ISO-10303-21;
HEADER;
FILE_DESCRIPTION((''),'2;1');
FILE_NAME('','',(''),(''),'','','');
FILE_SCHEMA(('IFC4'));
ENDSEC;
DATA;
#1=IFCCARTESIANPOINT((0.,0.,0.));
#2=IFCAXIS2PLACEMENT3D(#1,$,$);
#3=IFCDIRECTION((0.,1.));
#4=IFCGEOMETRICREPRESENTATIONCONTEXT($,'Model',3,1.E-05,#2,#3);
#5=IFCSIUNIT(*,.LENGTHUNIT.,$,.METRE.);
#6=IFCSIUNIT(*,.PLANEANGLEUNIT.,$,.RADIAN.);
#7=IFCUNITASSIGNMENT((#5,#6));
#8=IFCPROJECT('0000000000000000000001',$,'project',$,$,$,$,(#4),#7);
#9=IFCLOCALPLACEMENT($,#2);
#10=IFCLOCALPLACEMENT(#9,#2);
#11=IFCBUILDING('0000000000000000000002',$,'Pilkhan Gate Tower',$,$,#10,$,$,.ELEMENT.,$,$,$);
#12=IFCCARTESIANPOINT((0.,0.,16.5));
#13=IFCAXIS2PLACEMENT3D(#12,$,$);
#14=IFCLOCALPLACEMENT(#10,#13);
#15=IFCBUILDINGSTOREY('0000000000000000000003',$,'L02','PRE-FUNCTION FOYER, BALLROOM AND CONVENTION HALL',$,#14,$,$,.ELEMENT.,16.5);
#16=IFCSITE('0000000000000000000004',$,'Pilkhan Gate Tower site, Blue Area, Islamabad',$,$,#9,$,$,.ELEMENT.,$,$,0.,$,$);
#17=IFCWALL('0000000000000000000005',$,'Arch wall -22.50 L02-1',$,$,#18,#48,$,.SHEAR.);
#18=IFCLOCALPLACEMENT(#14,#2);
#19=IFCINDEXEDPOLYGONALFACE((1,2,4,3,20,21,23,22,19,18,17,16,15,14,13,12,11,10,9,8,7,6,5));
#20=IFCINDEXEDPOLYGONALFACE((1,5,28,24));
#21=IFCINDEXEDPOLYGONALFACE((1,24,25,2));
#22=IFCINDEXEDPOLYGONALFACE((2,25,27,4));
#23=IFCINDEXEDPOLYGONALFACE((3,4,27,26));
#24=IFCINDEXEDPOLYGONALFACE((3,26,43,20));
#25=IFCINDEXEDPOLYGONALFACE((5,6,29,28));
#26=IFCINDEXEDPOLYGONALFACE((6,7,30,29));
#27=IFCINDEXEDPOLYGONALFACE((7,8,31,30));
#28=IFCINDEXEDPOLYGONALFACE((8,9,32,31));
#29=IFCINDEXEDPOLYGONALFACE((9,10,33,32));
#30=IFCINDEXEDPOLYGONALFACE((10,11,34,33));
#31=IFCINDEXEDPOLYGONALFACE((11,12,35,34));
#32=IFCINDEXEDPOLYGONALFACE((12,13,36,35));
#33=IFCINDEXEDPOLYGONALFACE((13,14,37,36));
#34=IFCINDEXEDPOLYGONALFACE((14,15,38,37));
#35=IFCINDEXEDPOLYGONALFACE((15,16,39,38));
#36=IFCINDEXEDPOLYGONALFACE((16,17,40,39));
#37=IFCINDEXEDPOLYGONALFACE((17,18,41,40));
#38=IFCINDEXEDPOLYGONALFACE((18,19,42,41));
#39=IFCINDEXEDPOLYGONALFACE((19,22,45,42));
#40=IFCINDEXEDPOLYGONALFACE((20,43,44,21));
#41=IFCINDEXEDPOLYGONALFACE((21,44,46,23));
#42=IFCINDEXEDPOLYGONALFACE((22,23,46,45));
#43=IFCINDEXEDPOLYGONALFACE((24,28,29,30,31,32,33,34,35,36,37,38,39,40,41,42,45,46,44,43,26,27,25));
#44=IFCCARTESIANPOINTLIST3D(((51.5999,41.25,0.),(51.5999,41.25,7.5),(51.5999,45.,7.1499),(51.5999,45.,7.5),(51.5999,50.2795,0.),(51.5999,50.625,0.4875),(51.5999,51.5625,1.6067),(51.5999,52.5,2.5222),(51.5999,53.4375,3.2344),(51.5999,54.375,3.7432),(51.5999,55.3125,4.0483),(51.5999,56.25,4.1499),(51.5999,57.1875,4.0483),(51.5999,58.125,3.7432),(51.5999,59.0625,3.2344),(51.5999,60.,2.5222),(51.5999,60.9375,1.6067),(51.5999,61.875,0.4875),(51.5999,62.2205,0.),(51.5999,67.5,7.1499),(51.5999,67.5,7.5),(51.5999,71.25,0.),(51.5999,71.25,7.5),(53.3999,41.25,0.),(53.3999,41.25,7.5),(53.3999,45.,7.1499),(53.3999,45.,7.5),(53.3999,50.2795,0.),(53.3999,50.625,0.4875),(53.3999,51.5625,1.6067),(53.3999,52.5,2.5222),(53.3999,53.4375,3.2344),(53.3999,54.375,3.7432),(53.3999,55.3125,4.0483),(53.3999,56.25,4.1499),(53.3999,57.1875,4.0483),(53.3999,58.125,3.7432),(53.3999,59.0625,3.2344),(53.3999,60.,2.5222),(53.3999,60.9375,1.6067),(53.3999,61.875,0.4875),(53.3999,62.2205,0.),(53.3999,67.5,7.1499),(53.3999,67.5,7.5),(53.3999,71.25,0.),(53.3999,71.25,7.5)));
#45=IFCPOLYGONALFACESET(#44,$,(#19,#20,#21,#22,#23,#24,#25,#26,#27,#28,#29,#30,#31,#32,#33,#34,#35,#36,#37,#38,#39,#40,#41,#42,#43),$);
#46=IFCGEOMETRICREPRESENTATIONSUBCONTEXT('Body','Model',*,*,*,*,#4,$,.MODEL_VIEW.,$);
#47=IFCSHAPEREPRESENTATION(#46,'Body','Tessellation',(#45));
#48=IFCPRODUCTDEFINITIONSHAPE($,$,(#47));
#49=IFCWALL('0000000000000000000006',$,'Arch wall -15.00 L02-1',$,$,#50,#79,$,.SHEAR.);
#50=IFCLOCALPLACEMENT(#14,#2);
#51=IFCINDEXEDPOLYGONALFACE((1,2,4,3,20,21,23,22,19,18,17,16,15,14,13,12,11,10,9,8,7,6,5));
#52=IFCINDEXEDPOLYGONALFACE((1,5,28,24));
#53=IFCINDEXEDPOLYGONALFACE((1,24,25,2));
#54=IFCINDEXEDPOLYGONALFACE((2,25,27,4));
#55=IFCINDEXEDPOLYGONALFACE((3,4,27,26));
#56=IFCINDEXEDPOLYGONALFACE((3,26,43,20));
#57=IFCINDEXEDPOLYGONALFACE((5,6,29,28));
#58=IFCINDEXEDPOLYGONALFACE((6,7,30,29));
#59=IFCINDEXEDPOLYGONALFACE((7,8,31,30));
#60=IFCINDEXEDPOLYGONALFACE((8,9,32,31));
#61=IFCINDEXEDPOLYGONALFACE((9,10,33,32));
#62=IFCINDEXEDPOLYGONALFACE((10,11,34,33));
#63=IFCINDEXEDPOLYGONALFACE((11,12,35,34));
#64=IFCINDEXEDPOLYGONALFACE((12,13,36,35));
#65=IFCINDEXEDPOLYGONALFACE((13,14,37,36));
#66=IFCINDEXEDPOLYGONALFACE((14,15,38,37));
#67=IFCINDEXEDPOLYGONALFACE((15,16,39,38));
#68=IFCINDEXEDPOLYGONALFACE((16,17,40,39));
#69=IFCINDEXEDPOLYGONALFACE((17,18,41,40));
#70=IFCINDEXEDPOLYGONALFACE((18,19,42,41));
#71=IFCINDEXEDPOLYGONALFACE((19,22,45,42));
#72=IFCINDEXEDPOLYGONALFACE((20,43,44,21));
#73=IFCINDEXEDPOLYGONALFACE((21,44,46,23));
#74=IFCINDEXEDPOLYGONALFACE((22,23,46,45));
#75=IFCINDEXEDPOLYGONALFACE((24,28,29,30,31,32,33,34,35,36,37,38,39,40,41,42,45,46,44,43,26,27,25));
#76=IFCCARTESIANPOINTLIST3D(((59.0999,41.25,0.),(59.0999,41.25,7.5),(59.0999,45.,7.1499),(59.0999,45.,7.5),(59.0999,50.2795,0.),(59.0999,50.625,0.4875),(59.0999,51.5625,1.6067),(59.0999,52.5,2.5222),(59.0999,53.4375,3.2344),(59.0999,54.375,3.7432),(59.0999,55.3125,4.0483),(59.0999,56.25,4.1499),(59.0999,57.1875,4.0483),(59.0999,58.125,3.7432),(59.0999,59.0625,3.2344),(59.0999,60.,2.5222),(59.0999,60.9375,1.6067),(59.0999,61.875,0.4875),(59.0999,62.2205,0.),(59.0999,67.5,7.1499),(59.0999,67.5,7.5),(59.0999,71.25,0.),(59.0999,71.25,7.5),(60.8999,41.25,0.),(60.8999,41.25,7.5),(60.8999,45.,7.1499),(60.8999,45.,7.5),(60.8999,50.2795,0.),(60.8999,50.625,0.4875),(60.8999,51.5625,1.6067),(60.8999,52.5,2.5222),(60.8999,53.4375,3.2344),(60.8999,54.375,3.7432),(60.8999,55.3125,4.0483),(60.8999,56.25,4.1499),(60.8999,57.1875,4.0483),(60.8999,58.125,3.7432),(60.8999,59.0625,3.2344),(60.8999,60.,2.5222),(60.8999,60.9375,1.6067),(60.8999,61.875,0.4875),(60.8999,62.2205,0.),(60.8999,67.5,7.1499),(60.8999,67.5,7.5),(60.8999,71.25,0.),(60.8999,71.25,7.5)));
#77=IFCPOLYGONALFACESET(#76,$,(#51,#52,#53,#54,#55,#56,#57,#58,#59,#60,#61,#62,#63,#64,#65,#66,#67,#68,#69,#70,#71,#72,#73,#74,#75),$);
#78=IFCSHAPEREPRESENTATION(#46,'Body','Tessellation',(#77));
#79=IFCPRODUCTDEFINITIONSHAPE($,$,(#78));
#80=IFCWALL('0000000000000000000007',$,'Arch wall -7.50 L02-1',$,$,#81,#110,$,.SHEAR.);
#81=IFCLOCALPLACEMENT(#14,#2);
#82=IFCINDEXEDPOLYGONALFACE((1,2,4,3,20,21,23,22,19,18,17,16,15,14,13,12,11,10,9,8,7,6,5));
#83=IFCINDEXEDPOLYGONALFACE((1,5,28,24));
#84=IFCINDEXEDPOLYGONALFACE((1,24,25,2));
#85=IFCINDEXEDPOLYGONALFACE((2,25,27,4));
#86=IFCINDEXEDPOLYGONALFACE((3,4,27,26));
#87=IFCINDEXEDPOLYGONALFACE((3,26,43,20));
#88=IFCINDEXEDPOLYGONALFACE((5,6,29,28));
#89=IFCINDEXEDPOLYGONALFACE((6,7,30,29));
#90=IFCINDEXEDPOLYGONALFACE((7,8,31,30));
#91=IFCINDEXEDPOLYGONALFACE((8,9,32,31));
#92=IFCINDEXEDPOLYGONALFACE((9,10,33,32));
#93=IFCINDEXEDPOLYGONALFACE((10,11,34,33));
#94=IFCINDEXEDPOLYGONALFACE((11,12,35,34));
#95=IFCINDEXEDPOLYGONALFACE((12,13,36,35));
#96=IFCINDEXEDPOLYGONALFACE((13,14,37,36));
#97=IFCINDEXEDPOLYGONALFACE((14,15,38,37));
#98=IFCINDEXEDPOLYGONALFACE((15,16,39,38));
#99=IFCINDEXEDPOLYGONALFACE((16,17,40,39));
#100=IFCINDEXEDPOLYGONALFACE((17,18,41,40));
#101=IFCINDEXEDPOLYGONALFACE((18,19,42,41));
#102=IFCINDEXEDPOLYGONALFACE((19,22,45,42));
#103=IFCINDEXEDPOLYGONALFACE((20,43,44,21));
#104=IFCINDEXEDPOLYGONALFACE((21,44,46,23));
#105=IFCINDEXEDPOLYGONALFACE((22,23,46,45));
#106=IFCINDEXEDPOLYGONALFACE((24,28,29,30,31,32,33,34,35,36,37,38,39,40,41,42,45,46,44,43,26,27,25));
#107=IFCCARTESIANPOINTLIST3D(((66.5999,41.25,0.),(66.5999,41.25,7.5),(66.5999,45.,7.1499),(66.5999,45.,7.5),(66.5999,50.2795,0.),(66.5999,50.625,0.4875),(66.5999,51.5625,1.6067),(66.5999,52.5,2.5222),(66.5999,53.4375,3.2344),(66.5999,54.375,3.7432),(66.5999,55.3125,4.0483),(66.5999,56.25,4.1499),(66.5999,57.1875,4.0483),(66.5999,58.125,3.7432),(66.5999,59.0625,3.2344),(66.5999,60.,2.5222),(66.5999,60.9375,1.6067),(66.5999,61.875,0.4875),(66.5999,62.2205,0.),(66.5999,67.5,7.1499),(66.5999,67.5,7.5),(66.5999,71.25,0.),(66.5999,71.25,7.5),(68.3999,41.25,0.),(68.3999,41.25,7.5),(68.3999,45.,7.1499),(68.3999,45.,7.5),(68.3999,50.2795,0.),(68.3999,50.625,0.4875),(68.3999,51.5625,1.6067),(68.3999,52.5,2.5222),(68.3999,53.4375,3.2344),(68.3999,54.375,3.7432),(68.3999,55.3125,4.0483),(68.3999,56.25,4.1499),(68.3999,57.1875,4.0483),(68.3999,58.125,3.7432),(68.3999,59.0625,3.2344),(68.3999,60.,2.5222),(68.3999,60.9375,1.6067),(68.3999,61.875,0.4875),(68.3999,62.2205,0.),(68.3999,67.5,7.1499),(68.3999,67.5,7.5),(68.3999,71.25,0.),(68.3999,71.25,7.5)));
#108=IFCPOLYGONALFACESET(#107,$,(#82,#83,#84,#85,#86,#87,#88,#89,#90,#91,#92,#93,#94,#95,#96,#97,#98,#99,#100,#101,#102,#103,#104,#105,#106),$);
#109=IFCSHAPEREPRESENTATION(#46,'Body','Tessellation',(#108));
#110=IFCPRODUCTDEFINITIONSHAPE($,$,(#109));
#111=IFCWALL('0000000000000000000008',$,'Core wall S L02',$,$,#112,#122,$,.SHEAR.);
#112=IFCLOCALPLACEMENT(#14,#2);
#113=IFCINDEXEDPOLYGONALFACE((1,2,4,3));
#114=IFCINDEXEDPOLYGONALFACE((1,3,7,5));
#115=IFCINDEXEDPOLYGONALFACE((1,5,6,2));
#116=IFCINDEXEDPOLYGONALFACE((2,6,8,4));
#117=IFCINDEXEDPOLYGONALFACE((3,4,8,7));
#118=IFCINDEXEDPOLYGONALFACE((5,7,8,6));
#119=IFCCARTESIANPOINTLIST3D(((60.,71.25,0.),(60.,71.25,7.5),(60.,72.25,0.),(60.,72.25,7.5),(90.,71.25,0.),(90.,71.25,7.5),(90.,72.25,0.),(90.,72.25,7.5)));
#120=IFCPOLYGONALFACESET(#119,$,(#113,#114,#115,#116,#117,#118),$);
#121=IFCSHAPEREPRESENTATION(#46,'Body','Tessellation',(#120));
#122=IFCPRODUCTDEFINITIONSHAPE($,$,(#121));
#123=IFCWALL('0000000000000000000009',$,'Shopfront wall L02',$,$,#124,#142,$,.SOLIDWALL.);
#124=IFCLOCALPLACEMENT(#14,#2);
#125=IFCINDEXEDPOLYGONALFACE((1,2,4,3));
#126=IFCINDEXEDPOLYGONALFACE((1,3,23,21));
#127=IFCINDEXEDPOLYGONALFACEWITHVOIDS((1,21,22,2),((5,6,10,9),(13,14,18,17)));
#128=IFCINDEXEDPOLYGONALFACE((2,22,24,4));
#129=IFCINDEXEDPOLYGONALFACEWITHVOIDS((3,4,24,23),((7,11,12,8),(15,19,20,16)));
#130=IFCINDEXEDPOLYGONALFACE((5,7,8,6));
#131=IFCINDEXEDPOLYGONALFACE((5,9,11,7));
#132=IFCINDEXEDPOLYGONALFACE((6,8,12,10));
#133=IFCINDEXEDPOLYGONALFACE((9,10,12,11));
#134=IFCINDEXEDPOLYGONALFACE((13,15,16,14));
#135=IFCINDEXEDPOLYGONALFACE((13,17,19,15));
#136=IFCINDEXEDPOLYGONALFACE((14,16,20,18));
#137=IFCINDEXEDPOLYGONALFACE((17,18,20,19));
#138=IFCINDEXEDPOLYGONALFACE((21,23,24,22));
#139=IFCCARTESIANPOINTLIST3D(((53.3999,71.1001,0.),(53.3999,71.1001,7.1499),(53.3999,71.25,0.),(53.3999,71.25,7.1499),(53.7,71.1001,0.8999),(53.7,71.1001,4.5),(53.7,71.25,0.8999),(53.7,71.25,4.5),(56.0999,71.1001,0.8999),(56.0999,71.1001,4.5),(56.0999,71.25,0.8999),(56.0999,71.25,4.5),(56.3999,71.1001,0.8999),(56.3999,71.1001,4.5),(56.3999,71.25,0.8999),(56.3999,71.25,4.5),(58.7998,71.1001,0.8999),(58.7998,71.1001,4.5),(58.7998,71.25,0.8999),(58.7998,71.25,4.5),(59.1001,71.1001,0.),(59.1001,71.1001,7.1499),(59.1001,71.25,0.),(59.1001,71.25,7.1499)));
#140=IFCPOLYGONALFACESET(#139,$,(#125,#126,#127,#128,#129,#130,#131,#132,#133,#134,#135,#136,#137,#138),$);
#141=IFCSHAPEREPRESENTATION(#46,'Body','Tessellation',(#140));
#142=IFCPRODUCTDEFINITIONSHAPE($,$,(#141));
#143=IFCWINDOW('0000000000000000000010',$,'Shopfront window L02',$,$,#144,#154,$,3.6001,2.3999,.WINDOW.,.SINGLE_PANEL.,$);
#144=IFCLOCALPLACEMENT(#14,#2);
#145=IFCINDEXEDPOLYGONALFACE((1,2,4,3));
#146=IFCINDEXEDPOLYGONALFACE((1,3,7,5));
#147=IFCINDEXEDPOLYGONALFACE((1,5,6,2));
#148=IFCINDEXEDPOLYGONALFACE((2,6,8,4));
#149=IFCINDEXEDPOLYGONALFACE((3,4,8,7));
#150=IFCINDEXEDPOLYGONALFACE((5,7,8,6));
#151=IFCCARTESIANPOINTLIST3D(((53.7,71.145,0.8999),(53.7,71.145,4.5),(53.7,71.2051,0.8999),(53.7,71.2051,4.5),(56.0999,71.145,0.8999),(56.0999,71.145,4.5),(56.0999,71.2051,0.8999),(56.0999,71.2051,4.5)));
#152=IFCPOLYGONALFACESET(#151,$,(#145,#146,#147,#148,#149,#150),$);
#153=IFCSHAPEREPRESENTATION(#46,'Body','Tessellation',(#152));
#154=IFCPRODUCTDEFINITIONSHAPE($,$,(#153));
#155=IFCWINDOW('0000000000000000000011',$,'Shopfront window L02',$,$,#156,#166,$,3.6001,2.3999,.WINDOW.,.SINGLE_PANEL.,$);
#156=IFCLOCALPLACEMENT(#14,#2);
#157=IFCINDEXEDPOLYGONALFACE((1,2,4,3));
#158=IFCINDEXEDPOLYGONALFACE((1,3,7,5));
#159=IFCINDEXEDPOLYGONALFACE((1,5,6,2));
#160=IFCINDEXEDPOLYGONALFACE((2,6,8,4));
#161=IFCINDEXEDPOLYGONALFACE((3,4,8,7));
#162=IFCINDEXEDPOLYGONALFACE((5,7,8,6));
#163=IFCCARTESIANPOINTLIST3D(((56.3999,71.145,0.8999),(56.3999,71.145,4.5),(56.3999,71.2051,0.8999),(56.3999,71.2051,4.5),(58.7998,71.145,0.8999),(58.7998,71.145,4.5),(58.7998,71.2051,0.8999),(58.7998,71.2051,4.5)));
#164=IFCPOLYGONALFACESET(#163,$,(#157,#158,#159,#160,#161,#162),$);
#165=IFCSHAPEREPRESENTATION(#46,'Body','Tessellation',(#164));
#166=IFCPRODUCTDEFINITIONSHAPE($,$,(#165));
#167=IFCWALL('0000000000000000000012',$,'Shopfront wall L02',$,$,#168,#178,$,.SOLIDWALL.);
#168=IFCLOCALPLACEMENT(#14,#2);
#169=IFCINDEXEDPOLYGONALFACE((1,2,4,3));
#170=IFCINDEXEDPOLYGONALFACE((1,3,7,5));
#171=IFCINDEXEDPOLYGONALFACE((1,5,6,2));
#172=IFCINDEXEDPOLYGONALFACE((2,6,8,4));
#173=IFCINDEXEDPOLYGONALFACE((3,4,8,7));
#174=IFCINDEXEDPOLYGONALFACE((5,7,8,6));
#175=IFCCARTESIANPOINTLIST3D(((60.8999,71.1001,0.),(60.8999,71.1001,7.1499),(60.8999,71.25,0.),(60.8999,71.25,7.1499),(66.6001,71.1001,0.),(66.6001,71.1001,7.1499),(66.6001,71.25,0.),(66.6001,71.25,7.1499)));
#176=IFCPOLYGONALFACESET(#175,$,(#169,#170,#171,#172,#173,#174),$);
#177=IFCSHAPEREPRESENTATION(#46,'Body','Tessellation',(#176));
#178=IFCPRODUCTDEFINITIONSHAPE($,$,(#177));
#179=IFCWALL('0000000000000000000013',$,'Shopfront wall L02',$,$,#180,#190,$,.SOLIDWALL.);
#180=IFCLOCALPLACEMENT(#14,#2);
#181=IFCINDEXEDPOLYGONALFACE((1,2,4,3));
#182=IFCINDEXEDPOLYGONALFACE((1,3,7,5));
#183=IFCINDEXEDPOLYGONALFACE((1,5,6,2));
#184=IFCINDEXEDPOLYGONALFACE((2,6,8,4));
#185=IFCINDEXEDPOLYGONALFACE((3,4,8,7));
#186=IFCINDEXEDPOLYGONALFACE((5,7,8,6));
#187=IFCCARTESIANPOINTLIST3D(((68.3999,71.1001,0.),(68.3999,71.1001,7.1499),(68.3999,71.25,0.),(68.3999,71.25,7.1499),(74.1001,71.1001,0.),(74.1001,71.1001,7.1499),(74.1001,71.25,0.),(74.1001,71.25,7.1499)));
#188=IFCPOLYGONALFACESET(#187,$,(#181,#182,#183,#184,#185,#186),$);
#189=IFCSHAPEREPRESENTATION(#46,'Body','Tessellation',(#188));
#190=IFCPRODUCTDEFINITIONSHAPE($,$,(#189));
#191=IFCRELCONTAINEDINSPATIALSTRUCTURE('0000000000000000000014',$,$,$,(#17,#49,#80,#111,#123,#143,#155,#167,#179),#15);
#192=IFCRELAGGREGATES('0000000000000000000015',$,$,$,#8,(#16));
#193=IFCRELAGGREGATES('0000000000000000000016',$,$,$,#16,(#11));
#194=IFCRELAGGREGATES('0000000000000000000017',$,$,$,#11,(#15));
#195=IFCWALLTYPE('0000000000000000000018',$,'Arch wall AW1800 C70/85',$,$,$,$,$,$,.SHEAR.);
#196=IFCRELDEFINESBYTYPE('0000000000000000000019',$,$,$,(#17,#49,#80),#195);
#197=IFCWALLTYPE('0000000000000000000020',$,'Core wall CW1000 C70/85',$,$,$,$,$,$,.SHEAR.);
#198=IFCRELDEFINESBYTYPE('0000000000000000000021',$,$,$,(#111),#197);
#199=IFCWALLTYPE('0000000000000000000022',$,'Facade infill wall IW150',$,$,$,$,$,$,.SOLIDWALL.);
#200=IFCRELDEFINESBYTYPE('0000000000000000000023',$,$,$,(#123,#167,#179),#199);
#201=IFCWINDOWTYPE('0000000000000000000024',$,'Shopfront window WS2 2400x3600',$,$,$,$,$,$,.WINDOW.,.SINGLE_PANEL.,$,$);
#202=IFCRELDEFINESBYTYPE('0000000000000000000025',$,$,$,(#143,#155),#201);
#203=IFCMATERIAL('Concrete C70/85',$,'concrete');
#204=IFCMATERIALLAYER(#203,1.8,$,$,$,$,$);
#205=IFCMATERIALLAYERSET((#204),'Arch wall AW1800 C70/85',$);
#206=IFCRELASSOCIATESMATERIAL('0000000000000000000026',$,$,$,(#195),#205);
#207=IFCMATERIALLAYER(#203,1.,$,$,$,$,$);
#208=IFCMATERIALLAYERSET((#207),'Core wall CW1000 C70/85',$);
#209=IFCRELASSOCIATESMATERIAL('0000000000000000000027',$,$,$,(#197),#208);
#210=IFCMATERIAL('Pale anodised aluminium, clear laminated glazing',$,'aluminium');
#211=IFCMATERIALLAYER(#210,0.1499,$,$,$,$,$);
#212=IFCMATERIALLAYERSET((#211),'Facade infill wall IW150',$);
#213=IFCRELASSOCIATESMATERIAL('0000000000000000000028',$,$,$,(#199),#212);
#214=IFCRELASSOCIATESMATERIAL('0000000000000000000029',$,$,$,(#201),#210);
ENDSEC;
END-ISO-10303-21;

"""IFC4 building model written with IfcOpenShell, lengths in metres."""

from ifc_helpers import new_model, si_unit, direction, frame, frame_2d, origin, place, context, subcontext, project, spatial, polyline, rectangle, outline, extrude, material, layer, layer_set, type_object, element, fill, save


model = new_model("IFC4")

# Units and contexts
model_context = context("Model", 3, precision=1e-05, world=origin(), true_north=direction((0.0, 1.0)))
body_context = subcontext(model_context, "Body", "Model", "MODEL_VIEW")
ifc_project = project(units=[si_unit("LENGTHUNIT", "METRE"), si_unit("PLANEANGLEUNIT", "RADIAN")], contexts=[model_context])

# Site, building, storey
site_placement = place(None, origin())
site = spatial("IfcSite", under=ifc_project, at=site_placement, Name="Pilkhan Gate Tower site, Blue Area, Islamabad", CompositionType="ELEMENT", RefElevation=0.0)
building_placement = place(site_placement, origin())
building = spatial("IfcBuilding", under=site, at=building_placement, Name="Pilkhan Gate Tower", CompositionType="ELEMENT")
storey_placement = place(building_placement, frame((0.0, 0.0, 16.5)))
storey = spatial("IfcBuildingStorey", under=building, at=storey_placement, Name="L02", Description="PRE-FUNCTION FOYER, BALLROOM AND CONVENTION HALL", CompositionType="ELEMENT", Elevation=16.5)

# Walls
ifc_material_1 = material(Name="Concrete C70/85", Category="concrete")
ifc_layer_1 = layer(ifc_material_1, 1.8)
ifc_layer_set_1 = layer_set([ifc_layer_1], Name="Arch wall AW1800 C70/85")
wall_type_1 = type_object("IfcWallType", Name="Arch wall AW1800 C70/85", PredefinedType="SHEAR", material=ifc_layer_set_1)
for number, where, z_axis, x_axis, name in (
    (1, (53.3999, 62.2205, 0.0), (1.0, 0.0, 0.0), (0.0, 1.0, 0.0), "Arch wall -22.50 L02-1"),
    (2, (60.8999, 62.2205, 0.0), (1.0, 0.0, 0.0), (0.0, 1.0, 0.0), "Arch wall -15.00 L02-1"),
    (3, (68.3999, 62.2205, 0.0), (1.0, 0.0, 0.0), (0.0, 1.0, 0.0), "Arch wall -7.50 L02-1"),
):
    element("IfcWall", number, at=place(storey_placement, frame(where, z_axis=z_axis, x_axis=x_axis)), inside=storey, type_object=wall_type_1, Name=name, PredefinedType="SHEAR", context=body_context, shape_type="SweptSolid", body=[
        extrude(outline(polyline([(0.0, 0.0), (9.0295, 0.0), (9.0295, 7.5), (5.2795, 7.5), (5.2795, 7.1499), (-17.2205, 7.1499), (-17.2205, 7.5), (-20.9705, 7.5), (-20.9705, 0.0), (-11.9409, 0.0), (-11.5955, 0.4875), (-10.658, 1.6067), (-9.7205, 2.5222), (-8.783, 3.2344), (-7.8455, 3.7432), (-6.908, 4.0483), (-5.9705, 4.1499), (-5.033, 4.0483), (-4.0955, 3.7432), (-3.158, 3.2344), (-2.2205, 2.5222), (-1.283, 1.6067), (-0.3455, 0.4875), (0.0, 0.0)])), origin(), (0.0, 0.0, -1.0), 1.8),
    ])
ifc_layer_2 = layer(ifc_material_1, 1.0)
ifc_layer_set_2 = layer_set([ifc_layer_2], Name="Core wall CW1000 C70/85")
wall_type_2 = type_object("IfcWallType", Name="Core wall CW1000 C70/85", PredefinedType="SHEAR", material=ifc_layer_set_2)
wall_1_placement = place(storey_placement, frame((60.0, 71.75, 0.0), z_axis=(0.0, 0.0, 1.0), x_axis=(1.0, 0.0, 0.0)))
element("IfcWall", 4, at=wall_1_placement, inside=storey, type_object=wall_type_2, Name="Core wall S L02", PredefinedType="SHEAR", context=body_context, shape_type="SweptSolid", body=[
    extrude(rectangle(XDim=30.0, YDim=1.0, at=frame_2d((15.0, 0.0))), origin(), (0.0, 0.0, 1.0), 7.5),
])

# Wall, openings, windows
ifc_material_2 = material(Name="Pale anodised aluminium, clear laminated glazing", Category="aluminium")
ifc_layer_3 = layer(ifc_material_2, 0.1499)
ifc_layer_set_3 = layer_set([ifc_layer_3], Name="Facade infill wall IW150")
wall_type_3 = type_object("IfcWallType", Name="Facade infill wall IW150", PredefinedType="SOLIDWALL", material=ifc_layer_set_3)
wall_2_placement = place(storey_placement, frame((53.3999, 71.175, 0.0), z_axis=(0.0, 0.0, 1.0), x_axis=(1.0, 0.0, 0.0)))
wall_2 = element("IfcWall", 5, at=wall_2_placement, inside=storey, type_object=wall_type_3, Name="Shopfront wall L02", PredefinedType="SOLIDWALL", context=body_context, shape_type="SweptSolid", body=[
    extrude(rectangle(XDim=5.7002, YDim=0.1499, at=frame_2d((2.8501, 0.0))), origin(), (0.0, 0.0, 1.0), 7.1499),
])
opening_1_placement = place(wall_2_placement, frame((0.3, 0.0, 0.8999)))
opening_1 = element("IfcOpeningElement", 6, at=opening_1_placement, cuts=wall_2, PredefinedType="OPENING", context=body_context, shape_type="SweptSolid", body=[
    extrude(rectangle(XDim=2.3999, YDim=3.6001, at=frame_2d((1.2, 1.8))), frame((0.0, 0.085, 0.0), z_axis=(0.0, -1.0, 0.0), x_axis=(1.0, 0.0, 0.0)), (0.0, 0.0, 1.0), 0.1699),
])
opening_2_placement = place(wall_2_placement, frame((3.0, 0.0, 0.8999)))
opening_2 = element("IfcOpeningElement", 7, at=opening_2_placement, cuts=wall_2, PredefinedType="OPENING", context=body_context, shape_type="SweptSolid", body=[
    extrude(rectangle(XDim=2.3999, YDim=3.6001, at=frame_2d((1.2, 1.8))), frame((0.0, 0.085, 0.0), z_axis=(0.0, -1.0, 0.0), x_axis=(1.0, 0.0, 0.0)), (0.0, 0.0, 1.0), 0.1699),
])
window_type = type_object("IfcWindowType", Name="Shopfront window WS2 2400x3600", PartitioningType="SINGLE_PANEL", PredefinedType="WINDOW", material=ifc_material_2)
window_1_placement = place(opening_1_placement, origin())
window_1 = element("IfcWindow", 8, at=window_1_placement, inside=storey, type_object=window_type, Name="Shopfront window L02", OverallHeight=3.6001, OverallWidth=2.3999, PartitioningType="SINGLE_PANEL", PredefinedType="WINDOW", context=body_context, shape_type="SweptSolid", body=[
    extrude(rectangle(XDim=2.3999, YDim=3.6001, at=frame_2d((1.2, 1.8))), frame((0.0, 0.03, 0.0), z_axis=(0.0, -1.0, 0.0), x_axis=(1.0, 0.0, 0.0)), (0.0, 0.0, 1.0), 0.0601),
])
fill(opening_1, window_1)
window_2_placement = place(opening_2_placement, origin())
window_2 = element("IfcWindow", 9, at=window_2_placement, inside=storey, type_object=window_type, Name="Shopfront window L02", OverallHeight=3.6001, OverallWidth=2.3999, PartitioningType="SINGLE_PANEL", PredefinedType="WINDOW", context=body_context, shape_type="SweptSolid", body=[
    extrude(rectangle(XDim=2.3999, YDim=3.6001, at=frame_2d((1.2, 1.8))), frame((0.0, 0.03, 0.0), z_axis=(0.0, -1.0, 0.0), x_axis=(1.0, 0.0, 0.0)), (0.0, 0.0, 1.0), 0.0601),
])
fill(opening_2, window_2)

# Walls
for number, where, z_axis, x_axis, name in (
    (10, (60.8999, 71.175, 0.0), (0.0, 0.0, 1.0), (1.0, 0.0, 0.0), "Shopfront wall L02"),
    (11, (68.3999, 71.175, 0.0), (0.0, 0.0, 1.0), (1.0, 0.0, 0.0), "Shopfront wall L02"),
):
    element("IfcWall", number, at=place(storey_placement, frame(where, z_axis=z_axis, x_axis=x_axis)), inside=storey, type_object=wall_type_3, Name=name, PredefinedType="SOLIDWALL", context=body_context, shape_type="SweptSolid", body=[
        extrude(rectangle(XDim=5.7002, YDim=0.1499, at=frame_2d((2.8501, 0.0))), origin(), (0.0, 0.0, 1.0), 7.1499),
    ])

save(model, "model.ifc")
